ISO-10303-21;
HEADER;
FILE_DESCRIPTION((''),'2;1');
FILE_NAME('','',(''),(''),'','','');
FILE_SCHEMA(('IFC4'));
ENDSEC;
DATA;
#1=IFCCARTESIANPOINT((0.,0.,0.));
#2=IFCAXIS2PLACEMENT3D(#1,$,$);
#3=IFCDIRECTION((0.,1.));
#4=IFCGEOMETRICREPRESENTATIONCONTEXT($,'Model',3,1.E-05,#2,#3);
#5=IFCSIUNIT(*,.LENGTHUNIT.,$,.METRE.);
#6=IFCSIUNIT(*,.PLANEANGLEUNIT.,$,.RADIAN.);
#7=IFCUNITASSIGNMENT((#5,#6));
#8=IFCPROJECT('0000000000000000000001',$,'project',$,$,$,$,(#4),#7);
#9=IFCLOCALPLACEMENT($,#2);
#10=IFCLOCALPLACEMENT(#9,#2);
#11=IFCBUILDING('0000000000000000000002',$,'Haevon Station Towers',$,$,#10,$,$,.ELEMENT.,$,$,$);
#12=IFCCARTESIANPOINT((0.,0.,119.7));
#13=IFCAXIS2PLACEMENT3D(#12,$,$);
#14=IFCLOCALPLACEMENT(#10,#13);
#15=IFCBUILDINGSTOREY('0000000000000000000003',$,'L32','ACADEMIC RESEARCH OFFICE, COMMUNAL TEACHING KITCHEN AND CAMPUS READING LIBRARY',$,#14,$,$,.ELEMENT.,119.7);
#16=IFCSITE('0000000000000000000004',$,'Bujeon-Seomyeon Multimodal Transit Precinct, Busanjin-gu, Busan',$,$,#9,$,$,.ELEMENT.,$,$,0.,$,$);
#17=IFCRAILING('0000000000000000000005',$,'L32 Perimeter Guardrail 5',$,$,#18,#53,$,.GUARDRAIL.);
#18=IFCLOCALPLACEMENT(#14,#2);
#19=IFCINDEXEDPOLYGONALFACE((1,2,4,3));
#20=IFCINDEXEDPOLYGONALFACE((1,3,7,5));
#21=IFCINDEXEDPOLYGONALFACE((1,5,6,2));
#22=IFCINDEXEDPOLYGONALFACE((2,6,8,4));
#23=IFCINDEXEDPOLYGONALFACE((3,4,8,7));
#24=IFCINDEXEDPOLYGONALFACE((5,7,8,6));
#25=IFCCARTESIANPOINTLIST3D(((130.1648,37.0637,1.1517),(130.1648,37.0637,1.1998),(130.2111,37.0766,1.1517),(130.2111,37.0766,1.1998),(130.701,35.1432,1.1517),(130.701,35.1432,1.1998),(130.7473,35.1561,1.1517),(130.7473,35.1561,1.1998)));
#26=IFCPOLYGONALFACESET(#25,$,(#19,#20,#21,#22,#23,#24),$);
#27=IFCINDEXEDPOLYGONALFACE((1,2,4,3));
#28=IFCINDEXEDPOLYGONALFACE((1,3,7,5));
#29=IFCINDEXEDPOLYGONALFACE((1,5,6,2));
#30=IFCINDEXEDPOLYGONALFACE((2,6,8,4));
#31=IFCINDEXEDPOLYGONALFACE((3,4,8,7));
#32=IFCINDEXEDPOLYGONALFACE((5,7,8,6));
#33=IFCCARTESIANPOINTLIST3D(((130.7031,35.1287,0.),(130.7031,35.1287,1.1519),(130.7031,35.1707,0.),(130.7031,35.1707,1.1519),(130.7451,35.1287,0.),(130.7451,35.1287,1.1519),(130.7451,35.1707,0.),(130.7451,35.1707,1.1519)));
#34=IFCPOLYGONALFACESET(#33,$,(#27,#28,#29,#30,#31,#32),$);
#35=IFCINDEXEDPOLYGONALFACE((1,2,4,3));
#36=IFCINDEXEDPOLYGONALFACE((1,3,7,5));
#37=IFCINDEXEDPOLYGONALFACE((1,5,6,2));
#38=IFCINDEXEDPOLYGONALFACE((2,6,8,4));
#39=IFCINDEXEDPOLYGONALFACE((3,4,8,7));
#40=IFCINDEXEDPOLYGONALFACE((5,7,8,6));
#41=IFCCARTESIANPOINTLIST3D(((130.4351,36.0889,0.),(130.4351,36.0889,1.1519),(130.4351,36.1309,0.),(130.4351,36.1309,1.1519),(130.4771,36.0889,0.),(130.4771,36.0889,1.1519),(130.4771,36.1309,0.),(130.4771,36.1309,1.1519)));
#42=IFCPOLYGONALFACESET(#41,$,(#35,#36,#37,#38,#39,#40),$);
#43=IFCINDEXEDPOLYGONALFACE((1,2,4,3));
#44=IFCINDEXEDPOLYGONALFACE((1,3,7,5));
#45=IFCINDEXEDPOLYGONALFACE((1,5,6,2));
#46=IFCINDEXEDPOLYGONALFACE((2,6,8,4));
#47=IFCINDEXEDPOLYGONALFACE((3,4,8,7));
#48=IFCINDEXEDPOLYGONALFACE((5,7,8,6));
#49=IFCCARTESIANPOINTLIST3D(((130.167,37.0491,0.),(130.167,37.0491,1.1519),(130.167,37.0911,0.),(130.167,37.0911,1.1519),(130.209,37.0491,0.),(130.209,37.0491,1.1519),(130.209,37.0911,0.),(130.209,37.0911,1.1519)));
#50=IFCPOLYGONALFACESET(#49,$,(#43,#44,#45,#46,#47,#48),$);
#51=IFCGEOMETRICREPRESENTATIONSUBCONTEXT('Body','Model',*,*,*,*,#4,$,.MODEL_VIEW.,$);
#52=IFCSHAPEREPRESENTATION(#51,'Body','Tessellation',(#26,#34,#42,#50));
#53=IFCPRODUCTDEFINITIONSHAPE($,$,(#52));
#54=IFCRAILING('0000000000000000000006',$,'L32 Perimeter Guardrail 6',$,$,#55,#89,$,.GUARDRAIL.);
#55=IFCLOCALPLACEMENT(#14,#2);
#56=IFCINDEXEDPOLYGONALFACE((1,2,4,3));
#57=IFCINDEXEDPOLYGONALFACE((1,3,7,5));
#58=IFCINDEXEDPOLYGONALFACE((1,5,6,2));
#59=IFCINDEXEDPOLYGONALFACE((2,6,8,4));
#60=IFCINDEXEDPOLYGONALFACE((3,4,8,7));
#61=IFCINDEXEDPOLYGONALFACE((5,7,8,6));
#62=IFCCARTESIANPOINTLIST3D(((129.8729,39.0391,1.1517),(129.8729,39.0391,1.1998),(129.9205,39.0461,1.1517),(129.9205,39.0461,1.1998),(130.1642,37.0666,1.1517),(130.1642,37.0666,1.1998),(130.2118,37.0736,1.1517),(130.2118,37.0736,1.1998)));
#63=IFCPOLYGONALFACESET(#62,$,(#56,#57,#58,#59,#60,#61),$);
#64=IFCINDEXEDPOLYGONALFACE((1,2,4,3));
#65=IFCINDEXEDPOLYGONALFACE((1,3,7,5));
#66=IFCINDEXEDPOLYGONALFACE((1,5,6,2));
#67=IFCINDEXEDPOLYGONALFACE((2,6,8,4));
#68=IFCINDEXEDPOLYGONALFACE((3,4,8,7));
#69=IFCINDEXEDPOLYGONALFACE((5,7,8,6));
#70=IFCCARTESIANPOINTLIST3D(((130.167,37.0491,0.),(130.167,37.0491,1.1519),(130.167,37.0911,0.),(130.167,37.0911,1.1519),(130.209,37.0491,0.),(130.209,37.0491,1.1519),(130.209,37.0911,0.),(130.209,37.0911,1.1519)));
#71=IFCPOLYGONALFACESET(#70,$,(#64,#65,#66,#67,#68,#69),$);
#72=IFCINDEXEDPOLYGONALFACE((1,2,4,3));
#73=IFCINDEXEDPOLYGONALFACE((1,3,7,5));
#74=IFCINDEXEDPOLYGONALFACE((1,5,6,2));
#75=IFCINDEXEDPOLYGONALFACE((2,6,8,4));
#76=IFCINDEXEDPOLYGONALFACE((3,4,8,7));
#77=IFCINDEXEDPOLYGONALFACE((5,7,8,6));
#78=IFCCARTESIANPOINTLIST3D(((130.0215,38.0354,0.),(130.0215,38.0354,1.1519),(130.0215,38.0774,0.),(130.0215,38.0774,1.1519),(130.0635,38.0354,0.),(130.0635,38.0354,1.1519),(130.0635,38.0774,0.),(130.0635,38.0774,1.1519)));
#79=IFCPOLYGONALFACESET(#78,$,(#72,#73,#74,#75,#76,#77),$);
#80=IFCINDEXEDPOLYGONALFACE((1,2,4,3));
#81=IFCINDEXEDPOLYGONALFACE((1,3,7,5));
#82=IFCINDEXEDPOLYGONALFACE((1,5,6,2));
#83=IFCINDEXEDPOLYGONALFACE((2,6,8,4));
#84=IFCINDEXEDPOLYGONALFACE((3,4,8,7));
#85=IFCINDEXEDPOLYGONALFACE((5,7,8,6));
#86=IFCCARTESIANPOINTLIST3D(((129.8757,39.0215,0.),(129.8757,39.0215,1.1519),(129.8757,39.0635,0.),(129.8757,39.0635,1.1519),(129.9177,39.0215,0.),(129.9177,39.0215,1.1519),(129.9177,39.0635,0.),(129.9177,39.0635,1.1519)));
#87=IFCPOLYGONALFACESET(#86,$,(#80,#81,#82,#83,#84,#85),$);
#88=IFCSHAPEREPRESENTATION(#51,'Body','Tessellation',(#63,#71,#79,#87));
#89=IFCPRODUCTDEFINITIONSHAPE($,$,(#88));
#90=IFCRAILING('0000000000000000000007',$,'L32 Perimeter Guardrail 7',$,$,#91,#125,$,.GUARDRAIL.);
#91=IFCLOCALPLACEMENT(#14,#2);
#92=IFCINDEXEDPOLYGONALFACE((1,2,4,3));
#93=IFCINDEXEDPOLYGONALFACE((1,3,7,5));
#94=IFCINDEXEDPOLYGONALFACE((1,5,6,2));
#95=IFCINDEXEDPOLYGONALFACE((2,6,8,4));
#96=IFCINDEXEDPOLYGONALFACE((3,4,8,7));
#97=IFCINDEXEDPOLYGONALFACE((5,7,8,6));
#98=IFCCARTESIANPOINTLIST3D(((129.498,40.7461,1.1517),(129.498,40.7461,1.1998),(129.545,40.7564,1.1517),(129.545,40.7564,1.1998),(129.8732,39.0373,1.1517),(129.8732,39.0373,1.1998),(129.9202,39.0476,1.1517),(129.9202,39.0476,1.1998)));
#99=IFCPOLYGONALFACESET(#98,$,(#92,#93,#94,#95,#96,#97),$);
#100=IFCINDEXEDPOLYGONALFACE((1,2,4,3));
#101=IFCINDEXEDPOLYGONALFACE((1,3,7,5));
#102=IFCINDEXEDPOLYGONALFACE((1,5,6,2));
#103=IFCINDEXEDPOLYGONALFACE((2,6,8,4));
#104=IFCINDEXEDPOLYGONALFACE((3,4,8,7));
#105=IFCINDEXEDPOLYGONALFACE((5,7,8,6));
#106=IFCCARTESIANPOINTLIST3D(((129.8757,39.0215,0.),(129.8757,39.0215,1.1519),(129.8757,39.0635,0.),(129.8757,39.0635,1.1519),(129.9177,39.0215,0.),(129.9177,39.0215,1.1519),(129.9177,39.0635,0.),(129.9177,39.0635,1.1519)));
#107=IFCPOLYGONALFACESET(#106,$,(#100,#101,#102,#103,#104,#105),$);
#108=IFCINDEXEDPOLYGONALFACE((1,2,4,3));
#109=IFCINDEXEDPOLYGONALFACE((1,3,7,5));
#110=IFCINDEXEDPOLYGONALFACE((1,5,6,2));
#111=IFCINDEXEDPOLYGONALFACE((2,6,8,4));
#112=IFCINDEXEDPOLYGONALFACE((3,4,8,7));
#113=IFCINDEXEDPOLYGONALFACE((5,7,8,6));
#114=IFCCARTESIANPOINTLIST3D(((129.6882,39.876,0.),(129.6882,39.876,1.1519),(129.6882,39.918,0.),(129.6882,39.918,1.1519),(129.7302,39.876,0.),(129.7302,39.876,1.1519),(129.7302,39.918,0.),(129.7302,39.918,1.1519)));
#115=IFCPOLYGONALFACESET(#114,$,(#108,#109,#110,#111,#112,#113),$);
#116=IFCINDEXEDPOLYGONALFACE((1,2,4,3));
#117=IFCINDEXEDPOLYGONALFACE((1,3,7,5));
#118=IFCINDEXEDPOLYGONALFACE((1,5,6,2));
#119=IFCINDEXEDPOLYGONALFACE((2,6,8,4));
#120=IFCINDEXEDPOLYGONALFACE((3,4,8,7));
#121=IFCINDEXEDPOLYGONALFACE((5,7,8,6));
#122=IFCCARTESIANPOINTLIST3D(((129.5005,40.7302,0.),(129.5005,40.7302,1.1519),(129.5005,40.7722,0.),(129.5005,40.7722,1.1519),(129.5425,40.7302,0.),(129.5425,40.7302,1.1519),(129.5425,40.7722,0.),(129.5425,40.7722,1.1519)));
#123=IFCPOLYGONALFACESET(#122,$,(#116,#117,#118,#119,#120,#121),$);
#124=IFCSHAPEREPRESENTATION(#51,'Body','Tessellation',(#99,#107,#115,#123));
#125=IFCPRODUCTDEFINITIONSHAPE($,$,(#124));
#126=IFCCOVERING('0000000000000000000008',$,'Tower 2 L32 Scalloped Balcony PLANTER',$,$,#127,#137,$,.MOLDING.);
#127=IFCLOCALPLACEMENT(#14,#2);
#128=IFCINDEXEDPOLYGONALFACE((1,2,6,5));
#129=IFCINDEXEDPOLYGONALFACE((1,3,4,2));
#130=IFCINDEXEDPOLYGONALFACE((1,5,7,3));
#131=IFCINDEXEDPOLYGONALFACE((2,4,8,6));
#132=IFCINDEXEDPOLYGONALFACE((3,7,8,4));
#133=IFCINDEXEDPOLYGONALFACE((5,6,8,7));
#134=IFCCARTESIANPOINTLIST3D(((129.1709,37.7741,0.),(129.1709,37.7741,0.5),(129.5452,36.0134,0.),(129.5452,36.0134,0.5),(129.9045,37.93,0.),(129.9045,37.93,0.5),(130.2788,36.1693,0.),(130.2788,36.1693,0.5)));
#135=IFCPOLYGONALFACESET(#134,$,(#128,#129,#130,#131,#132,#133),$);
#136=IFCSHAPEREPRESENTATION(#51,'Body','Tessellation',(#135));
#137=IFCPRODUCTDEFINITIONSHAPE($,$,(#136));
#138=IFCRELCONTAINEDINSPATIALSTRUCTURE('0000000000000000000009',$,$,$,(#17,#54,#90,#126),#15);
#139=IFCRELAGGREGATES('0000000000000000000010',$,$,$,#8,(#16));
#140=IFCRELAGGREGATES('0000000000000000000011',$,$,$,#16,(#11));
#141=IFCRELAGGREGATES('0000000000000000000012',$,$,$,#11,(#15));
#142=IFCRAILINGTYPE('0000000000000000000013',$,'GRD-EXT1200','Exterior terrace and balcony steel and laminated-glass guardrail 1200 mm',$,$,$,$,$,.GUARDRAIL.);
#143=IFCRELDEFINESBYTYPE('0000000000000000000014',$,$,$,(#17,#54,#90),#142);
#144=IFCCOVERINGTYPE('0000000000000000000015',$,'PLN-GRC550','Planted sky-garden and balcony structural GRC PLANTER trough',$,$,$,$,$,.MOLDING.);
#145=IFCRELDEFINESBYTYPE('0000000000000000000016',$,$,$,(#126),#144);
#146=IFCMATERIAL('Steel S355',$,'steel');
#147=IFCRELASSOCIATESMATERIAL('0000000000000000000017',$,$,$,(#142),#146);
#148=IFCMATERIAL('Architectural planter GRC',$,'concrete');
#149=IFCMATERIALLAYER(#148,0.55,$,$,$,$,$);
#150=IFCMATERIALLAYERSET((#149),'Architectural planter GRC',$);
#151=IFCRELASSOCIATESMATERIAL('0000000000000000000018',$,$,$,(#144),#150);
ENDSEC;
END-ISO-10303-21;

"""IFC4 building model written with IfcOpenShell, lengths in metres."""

from ifc_helpers import new_model, si_unit, direction, frame, origin, origin_2d, place, context, subcontext, project, spatial, rectangle, extrude, material, layer, layer_set, type_object, element, save


model = new_model("IFC4")

# Units and contexts
model_context = context("Model", 3, precision=1e-05, world=origin(), true_north=direction((0.0, 1.0)))
body_context = subcontext(model_context, "Body", "Model", "MODEL_VIEW")
ifc_project = project(units=[si_unit("LENGTHUNIT", "METRE"), si_unit("PLANEANGLEUNIT", "RADIAN")], contexts=[model_context])

# Site, building, storey
site_placement = place(None, origin())
site = spatial("IfcSite", under=ifc_project, at=site_placement, Name="Bujeon-Seomyeon Multimodal Transit Precinct, Busanjin-gu, Busan", CompositionType="ELEMENT", RefElevation=0.0)
building_placement = place(site_placement, origin())
building = spatial("IfcBuilding", under=site, at=building_placement, Name="Haevon Station Towers", CompositionType="ELEMENT")
storey_placement = place(building_placement, frame((0.0, 0.0, 119.7)))
storey = spatial("IfcBuildingStorey", under=building, at=storey_placement, Name="L32", Description="ACADEMIC RESEARCH OFFICE, COMMUNAL TEACHING KITCHEN AND CAMPUS READING LIBRARY", CompositionType="ELEMENT", Elevation=119.7)

# Shared definitions
ifc_material_1 = material(Name="Steel S355", Category="steel")

# Railings
railing_type = type_object("IfcRailingType", Name="GRD-EXT1200", Description="Exterior terrace and balcony steel and laminated-glass guardrail 1200 mm", PredefinedType="GUARDRAIL", material=ifc_material_1)
railing_1_placement = place(storey_placement, frame((130.7241, 35.1497, 0.0)))
element("IfcRailing", 1, at=railing_1_placement, inside=storey, type_object=railing_type, Name="L32 Perimeter Guardrail 5", PredefinedType="GUARDRAIL", context=body_context, shape_type="SweptSolid", body=[
    extrude(rectangle(XDim=0.0481, YDim=0.0481, at=origin_2d()), frame((0.0, 0.0, 1.1758), z_axis=(-0.268894, 0.96317, 0.0), x_axis=(-0.96317, -0.268894, 0.0)), (0.0, 0.0, 1.0), 1.9939),
    extrude(rectangle(XDim=0.042, YDim=0.042, at=origin_2d()), origin(), (0.0, 0.0, 1.0), 1.1519),
    extrude(rectangle(XDim=0.042, YDim=0.042, at=origin_2d()), frame((-0.2681, 0.9602, 0.0)), (0.0, 0.0, 1.0), 1.1519),
    extrude(rectangle(XDim=0.042, YDim=0.042, at=origin_2d()), frame((-0.5361, 1.9204, 0.0)), (0.0, 0.0, 1.0), 1.1519),
])
railing_2_placement = place(storey_placement, frame((130.188, 37.0701, 0.0)))
element("IfcRailing", 2, at=railing_2_placement, inside=storey, type_object=railing_type, Name="L32 Perimeter Guardrail 6", PredefinedType="GUARDRAIL", context=body_context, shape_type="SweptSolid", body=[
    extrude(rectangle(XDim=0.0481, YDim=0.0481, at=origin_2d()), frame((0.0, 0.0, 1.1758), z_axis=(-0.146083, 0.989272, 0.0), x_axis=(-0.989272, -0.146083, 0.0)), (0.0, 0.0, 1.0), 1.9939),
    extrude(rectangle(XDim=0.042, YDim=0.042, at=origin_2d()), origin(), (0.0, 0.0, 1.0), 1.1519),
    extrude(rectangle(XDim=0.042, YDim=0.042, at=origin_2d()), frame((-0.1455, 0.9863, 0.0)), (0.0, 0.0, 1.0), 1.1519),
    extrude(rectangle(XDim=0.042, YDim=0.042, at=origin_2d()), frame((-0.2913, 1.9724, 0.0)), (0.0, 0.0, 1.0), 1.1519),
])
railing_3_placement = place(storey_placement, frame((129.8967, 39.0425, 0.0)))
element("IfcRailing", 3, at=railing_3_placement, inside=storey, type_object=railing_type, Name="L32 Perimeter Guardrail 7", PredefinedType="GUARDRAIL", context=body_context, shape_type="SweptSolid", body=[
    extrude(rectangle(XDim=0.0481, YDim=0.0481, at=origin_2d()), frame((0.0, 0.0, 1.1758), z_axis=(-0.214492, 0.976726, 0.0), x_axis=(-0.976726, -0.214492, 0.0)), (0.0, 0.0, 1.0), 1.7495),
    extrude(rectangle(XDim=0.042, YDim=0.042, at=origin_2d()), origin(), (0.0, 0.0, 1.0), 1.1519),
    extrude(rectangle(XDim=0.042, YDim=0.042, at=origin_2d()), frame((-0.1875, 0.8545, 0.0)), (0.0, 0.0, 1.0), 1.1519),
    extrude(rectangle(XDim=0.042, YDim=0.042, at=origin_2d()), frame((-0.3752, 1.7087, 0.0)), (0.0, 0.0, 1.0), 1.1519),
])

# Covering
ifc_material_2 = material(Name="Architectural planter GRC", Category="concrete")
ifc_layer_1 = layer(ifc_material_2, 0.55)
ifc_layer_set_1 = layer_set([ifc_layer_1], Name="Architectural planter GRC")
covering_type = type_object("IfcCoveringType", Name="PLN-GRC550", Description="Planted sky-garden and balcony structural GRC PLANTER trough", PredefinedType="MOLDING", material=ifc_layer_set_1)
covering_placement = place(storey_placement, frame((129.7249, 36.9717, 0.0), z_axis=(0.0, 0.0, 1.0), x_axis=(0.978148, 0.207912, 0.0)))
element("IfcCovering", 4, at=covering_placement, inside=storey, type_object=covering_type, Name="Tower 2 L32 Scalloped Balcony PLANTER", PredefinedType="MOLDING", context=body_context, shape_type="SweptSolid", body=[
    extrude(rectangle(XDim=0.75, YDim=1.8, at=origin_2d()), origin(), (0.0, 0.0, 1.0), 0.5),
])

save(model, "model.ifc")
